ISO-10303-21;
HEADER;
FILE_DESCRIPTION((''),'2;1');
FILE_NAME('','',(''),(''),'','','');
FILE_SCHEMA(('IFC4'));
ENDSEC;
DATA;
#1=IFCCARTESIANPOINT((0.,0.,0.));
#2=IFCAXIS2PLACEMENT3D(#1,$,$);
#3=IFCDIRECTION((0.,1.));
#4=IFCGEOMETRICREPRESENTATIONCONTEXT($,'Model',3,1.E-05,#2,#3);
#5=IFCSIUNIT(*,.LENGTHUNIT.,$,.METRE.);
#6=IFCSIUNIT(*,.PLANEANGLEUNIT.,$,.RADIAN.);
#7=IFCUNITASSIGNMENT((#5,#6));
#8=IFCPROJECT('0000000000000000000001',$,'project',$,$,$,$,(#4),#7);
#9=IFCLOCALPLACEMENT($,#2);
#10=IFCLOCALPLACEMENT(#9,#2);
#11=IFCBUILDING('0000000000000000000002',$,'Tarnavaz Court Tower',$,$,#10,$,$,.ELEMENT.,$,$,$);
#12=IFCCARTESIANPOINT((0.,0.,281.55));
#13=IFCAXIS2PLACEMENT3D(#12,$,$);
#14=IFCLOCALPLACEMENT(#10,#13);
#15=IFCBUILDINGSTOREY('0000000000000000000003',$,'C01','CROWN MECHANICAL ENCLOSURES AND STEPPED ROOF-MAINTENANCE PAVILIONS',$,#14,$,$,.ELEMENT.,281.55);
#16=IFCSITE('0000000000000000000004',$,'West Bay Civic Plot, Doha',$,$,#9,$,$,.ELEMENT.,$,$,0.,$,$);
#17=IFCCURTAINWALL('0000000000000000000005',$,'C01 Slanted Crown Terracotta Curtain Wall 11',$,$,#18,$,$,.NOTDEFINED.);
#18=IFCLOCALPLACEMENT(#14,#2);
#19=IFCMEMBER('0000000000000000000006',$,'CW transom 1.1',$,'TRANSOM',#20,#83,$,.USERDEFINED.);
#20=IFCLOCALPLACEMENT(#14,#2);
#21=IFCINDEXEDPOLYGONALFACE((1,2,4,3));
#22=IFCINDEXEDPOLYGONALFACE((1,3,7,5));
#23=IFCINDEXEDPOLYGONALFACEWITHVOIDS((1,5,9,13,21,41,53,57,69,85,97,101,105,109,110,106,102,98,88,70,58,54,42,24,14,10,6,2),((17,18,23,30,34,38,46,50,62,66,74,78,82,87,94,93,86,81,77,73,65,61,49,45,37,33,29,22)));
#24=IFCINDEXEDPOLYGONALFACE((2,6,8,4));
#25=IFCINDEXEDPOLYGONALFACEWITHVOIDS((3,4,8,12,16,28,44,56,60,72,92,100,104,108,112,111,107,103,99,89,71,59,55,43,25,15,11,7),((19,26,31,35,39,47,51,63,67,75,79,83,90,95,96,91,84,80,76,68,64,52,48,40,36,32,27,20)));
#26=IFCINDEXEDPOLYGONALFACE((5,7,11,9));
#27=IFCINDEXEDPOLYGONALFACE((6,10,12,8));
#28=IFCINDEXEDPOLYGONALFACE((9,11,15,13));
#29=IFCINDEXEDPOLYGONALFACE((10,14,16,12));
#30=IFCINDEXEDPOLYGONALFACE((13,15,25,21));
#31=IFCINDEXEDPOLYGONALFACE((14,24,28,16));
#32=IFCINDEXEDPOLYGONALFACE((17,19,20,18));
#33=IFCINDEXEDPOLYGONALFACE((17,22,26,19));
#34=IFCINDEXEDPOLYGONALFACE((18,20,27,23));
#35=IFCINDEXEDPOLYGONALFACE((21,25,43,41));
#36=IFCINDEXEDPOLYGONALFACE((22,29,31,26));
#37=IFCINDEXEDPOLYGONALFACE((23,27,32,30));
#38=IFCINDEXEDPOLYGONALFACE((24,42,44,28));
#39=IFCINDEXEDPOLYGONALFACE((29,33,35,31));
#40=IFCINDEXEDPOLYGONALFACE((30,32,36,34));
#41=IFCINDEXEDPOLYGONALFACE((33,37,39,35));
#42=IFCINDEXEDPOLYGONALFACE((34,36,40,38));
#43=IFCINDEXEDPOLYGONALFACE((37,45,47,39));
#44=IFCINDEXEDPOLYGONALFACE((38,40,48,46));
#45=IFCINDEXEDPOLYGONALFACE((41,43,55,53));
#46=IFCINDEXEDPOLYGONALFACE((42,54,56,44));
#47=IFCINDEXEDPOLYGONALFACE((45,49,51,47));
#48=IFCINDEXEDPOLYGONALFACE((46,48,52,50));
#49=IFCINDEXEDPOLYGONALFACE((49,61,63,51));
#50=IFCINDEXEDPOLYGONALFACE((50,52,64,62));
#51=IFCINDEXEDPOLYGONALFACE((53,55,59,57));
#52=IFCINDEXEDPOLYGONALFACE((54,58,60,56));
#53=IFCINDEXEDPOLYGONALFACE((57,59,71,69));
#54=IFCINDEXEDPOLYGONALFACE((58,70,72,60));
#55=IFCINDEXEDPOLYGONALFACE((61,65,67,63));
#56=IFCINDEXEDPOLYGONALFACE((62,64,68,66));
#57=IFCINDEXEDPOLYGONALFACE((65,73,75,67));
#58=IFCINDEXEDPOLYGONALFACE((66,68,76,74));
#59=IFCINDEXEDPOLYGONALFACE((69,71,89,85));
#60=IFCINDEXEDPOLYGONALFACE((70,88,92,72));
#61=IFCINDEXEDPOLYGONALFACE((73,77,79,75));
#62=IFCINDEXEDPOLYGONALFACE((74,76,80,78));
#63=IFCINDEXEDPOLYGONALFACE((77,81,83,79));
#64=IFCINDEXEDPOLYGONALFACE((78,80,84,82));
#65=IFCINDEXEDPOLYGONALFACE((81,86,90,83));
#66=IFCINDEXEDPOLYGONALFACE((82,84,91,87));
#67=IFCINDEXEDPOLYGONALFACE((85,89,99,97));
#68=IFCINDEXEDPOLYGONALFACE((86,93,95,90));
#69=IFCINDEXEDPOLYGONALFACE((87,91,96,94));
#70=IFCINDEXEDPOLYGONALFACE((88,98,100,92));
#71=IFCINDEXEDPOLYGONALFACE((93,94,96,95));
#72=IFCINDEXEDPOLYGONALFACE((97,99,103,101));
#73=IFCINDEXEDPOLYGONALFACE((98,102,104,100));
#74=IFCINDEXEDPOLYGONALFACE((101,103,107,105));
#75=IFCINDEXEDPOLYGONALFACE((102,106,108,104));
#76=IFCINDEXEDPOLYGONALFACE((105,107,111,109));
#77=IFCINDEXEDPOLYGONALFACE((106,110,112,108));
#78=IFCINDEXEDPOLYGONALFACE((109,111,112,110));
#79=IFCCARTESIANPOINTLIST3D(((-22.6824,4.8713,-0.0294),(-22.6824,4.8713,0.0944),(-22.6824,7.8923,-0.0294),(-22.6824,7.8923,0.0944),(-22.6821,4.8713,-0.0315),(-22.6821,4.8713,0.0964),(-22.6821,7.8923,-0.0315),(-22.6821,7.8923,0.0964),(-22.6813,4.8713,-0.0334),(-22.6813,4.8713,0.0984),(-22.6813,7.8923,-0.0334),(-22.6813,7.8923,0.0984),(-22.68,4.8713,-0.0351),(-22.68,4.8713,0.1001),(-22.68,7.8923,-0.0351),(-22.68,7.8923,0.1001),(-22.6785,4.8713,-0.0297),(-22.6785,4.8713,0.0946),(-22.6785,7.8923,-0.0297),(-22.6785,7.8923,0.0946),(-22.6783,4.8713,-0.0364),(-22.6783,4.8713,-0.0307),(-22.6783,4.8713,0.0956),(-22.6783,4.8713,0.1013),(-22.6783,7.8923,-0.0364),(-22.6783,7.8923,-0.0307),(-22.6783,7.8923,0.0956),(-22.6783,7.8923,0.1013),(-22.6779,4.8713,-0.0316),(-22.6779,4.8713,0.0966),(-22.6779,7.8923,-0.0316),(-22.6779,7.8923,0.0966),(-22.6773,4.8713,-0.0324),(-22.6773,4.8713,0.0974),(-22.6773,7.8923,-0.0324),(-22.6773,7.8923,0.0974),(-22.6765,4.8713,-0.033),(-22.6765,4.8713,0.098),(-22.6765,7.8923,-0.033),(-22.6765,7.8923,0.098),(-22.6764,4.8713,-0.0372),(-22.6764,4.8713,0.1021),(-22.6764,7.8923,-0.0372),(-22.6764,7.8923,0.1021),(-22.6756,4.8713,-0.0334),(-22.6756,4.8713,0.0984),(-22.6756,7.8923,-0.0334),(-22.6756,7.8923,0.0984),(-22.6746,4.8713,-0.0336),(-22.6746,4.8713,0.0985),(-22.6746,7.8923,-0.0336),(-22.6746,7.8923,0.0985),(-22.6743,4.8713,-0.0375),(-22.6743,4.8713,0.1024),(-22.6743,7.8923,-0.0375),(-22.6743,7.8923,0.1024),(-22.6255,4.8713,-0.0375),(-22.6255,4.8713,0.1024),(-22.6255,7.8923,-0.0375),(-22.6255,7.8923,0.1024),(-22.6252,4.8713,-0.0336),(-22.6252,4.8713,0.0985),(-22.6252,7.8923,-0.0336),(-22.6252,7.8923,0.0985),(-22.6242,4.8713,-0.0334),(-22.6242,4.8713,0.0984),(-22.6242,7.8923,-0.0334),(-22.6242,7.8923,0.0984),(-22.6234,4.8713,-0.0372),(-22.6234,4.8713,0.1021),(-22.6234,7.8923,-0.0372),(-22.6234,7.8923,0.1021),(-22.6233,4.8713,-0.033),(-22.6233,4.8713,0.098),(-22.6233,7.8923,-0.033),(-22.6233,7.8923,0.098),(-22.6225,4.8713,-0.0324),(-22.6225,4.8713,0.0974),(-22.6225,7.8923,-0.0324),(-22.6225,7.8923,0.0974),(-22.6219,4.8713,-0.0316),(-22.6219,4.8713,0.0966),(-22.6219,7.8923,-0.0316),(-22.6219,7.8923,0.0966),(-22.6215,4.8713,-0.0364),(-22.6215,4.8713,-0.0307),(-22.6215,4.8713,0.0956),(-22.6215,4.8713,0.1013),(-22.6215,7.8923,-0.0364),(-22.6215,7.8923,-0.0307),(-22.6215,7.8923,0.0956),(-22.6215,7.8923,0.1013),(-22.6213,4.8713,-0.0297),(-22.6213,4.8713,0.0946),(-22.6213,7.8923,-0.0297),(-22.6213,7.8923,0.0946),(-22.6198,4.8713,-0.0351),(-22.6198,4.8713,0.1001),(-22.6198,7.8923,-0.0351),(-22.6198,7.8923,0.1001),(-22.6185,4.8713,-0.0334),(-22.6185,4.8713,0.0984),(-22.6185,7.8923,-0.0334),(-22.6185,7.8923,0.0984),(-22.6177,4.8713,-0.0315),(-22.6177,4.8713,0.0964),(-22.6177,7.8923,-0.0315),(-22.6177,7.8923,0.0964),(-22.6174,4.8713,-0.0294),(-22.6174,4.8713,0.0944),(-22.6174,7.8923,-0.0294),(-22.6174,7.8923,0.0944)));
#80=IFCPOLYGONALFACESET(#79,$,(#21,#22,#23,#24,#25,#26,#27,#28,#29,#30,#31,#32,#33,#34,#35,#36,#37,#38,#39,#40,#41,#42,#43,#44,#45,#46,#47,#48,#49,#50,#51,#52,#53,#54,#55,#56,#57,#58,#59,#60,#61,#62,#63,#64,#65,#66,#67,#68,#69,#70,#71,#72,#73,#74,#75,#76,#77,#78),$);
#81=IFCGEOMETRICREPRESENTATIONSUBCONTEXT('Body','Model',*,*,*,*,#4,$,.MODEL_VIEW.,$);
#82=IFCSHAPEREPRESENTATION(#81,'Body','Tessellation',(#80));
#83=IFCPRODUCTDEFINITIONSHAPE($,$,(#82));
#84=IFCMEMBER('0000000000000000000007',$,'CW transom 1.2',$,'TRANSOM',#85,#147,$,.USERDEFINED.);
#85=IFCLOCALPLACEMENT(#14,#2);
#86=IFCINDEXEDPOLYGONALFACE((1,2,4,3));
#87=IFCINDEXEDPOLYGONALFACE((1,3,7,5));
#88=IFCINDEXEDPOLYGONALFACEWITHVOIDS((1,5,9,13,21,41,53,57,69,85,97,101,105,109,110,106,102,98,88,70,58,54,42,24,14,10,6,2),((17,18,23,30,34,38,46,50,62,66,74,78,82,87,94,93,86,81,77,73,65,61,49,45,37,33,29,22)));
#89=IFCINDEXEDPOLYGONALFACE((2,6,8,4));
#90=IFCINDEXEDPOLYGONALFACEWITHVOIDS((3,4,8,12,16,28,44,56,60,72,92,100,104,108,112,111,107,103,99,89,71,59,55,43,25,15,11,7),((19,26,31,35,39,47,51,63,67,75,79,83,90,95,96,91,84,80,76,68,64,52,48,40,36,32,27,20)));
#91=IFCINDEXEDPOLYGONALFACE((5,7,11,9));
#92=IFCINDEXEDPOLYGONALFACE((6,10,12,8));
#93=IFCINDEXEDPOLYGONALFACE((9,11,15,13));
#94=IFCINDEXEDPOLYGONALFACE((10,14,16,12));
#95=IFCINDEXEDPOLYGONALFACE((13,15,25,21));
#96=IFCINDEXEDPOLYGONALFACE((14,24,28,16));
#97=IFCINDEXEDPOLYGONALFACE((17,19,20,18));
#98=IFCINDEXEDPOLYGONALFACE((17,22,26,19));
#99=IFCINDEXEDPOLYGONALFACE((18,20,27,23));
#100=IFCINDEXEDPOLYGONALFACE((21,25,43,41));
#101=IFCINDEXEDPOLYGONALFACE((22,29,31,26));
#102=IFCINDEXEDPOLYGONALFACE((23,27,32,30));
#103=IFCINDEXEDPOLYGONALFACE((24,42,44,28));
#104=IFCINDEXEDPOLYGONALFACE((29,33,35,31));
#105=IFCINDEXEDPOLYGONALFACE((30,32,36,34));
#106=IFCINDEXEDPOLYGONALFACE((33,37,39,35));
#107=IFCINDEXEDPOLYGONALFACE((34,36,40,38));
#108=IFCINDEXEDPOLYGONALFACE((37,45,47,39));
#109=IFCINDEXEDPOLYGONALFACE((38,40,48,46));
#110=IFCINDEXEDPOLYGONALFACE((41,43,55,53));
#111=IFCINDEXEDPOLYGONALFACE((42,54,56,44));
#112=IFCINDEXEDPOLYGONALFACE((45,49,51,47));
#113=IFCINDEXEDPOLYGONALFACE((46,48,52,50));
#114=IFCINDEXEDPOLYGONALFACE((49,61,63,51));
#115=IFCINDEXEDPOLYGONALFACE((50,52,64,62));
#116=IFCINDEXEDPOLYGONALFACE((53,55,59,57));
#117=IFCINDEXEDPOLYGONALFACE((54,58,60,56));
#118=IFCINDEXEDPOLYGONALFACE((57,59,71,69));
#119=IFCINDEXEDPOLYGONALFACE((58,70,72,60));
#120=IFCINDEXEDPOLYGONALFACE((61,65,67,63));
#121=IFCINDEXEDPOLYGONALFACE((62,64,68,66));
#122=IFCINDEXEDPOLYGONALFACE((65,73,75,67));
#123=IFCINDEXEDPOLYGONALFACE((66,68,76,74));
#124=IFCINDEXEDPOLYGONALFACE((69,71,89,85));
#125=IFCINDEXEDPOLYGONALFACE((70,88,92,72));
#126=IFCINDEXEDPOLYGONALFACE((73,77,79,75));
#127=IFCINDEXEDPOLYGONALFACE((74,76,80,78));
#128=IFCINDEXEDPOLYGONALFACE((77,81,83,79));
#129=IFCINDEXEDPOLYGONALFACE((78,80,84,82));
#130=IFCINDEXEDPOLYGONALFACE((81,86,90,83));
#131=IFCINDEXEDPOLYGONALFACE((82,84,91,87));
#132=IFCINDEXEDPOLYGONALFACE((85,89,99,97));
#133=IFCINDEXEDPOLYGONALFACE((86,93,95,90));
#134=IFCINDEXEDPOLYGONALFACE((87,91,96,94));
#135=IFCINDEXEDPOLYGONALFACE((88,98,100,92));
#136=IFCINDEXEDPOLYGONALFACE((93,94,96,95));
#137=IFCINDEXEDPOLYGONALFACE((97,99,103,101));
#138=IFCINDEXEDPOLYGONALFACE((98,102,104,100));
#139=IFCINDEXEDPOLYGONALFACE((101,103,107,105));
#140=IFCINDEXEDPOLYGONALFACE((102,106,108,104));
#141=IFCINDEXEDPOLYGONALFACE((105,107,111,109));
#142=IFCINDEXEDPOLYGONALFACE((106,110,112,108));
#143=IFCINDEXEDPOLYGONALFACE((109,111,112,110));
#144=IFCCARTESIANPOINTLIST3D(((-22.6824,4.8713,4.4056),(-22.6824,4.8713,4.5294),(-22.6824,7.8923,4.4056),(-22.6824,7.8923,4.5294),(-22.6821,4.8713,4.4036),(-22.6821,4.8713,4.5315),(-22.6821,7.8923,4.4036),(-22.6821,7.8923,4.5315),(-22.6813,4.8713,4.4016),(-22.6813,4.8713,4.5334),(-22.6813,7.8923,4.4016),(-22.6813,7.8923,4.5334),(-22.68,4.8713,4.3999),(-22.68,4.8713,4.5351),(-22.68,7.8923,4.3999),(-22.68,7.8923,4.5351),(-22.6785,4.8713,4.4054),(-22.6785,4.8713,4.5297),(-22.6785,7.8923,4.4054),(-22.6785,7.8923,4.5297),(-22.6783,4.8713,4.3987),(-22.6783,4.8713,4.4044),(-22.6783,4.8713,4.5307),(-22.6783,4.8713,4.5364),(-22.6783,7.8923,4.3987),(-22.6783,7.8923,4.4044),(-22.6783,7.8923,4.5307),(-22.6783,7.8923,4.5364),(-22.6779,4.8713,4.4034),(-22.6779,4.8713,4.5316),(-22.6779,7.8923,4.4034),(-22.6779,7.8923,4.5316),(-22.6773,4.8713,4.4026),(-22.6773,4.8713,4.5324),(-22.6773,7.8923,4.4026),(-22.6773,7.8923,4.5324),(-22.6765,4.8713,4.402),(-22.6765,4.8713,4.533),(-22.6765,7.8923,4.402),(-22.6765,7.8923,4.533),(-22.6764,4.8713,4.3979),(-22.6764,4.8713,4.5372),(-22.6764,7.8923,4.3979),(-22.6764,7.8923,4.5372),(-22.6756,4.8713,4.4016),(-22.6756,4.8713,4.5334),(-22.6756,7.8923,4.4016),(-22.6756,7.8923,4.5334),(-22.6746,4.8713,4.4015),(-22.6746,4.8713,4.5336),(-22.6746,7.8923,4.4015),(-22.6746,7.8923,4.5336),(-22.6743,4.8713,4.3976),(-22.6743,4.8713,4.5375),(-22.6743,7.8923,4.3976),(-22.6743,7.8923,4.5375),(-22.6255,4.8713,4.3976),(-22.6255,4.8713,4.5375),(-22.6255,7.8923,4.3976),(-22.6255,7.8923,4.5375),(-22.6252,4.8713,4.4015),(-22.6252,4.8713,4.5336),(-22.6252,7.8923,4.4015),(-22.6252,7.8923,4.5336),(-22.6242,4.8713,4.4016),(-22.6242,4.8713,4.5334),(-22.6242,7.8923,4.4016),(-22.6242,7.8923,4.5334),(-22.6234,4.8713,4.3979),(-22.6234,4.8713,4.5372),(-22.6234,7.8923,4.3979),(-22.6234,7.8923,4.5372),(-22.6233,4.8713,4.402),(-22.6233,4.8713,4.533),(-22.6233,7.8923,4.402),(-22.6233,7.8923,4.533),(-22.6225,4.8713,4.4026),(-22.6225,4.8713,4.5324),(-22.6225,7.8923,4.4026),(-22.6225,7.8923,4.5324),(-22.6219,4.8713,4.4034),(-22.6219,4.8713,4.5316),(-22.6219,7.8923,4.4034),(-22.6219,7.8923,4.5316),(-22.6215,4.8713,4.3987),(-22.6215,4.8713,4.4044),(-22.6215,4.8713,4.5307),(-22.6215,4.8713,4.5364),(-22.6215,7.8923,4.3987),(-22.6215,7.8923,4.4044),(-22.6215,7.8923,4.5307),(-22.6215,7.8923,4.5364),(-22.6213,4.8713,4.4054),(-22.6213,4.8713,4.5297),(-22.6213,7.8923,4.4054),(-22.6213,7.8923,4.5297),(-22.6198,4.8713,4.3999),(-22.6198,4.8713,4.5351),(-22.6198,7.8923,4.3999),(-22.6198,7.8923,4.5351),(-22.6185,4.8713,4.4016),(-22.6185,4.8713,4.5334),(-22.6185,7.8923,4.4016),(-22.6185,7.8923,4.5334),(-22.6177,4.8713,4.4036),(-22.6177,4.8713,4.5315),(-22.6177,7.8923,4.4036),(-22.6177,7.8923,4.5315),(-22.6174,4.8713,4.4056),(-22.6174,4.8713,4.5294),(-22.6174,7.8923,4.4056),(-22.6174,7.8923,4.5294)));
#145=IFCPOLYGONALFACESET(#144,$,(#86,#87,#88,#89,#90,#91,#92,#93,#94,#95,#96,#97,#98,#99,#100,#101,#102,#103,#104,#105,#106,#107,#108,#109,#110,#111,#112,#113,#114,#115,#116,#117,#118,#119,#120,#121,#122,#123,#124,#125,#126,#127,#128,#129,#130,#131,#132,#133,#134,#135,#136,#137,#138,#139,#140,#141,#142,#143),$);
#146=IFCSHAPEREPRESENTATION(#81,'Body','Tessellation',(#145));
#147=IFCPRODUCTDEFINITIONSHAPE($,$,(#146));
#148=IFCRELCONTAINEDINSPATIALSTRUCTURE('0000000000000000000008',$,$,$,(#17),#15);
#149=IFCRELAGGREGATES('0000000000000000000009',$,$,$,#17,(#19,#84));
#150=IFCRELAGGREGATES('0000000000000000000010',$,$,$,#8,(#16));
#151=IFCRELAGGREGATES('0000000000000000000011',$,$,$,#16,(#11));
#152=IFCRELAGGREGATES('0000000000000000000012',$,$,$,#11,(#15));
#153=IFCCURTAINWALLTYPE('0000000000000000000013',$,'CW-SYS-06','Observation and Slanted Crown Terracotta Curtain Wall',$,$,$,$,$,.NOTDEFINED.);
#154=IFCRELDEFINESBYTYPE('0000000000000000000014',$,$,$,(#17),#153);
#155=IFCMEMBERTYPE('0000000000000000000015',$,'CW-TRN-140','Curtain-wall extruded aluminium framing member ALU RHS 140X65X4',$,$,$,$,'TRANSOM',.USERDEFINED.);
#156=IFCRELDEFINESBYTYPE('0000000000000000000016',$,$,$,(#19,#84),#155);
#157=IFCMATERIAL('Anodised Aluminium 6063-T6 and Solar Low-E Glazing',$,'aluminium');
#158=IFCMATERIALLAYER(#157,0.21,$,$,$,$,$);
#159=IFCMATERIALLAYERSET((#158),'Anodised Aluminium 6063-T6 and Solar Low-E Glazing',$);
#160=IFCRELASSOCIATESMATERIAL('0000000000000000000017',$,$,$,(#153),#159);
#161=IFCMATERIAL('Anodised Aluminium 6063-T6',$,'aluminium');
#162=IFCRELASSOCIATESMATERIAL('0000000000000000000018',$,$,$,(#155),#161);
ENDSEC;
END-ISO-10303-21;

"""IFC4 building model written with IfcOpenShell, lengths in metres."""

from ifc_helpers import new_model, si_unit, direction, frame, origin, origin_2d, place, context, subcontext, project, spatial, hollow_rectangle, extrude, material, layer, layer_set, material_profile, profile_set, type_object, element, aggregate, save


model = new_model("IFC4")

# Units and contexts
model_context = context("Model", 3, precision=1e-05, world=origin(), true_north=direction((0.0, 1.0)))
body_context = subcontext(model_context, "Body", "Model", "MODEL_VIEW")
ifc_project = project(units=[si_unit("LENGTHUNIT", "METRE"), si_unit("PLANEANGLEUNIT", "RADIAN")], contexts=[model_context])

# Site, building, storey
site_placement = place(None, origin())
site = spatial("IfcSite", under=ifc_project, at=site_placement, Name="West Bay Civic Plot, Doha", CompositionType="ELEMENT", RefElevation=0.0)
building_placement = place(site_placement, origin())
building = spatial("IfcBuilding", under=site, at=building_placement, Name="Tarnavaz Court Tower", CompositionType="ELEMENT")
storey_placement = place(building_placement, frame((0.0, 0.0, 281.55)))
storey = spatial("IfcBuildingStorey", under=building, at=storey_placement, Name="C01", Description="CROWN MECHANICAL ENCLOSURES AND STEPPED ROOF-MAINTENANCE PAVILIONS", CompositionType="ELEMENT", Elevation=281.55)

# Shared definitions
ifc_material_1 = material(Name="Anodised Aluminium 6063-T6 and Solar Low-E Glazing", Category="aluminium")
ifc_layer_1 = layer(ifc_material_1, 0.21)
ifc_layer_set_1 = layer_set([ifc_layer_1], Name="Anodised Aluminium 6063-T6 and Solar Low-E Glazing")
curtain_wall_type = type_object("IfcCurtainWallType", Name="CW-SYS-06", Description="Observation and Slanted Crown Terracotta Curtain Wall", PredefinedType="NOTDEFINED", material=ifc_layer_set_1)
ifc_material_2 = material(Name="Anodised Aluminium 6063-T6", Category="aluminium")

# Curtain wall
curtain_wall_1_placement = place(storey_placement, origin())
curtain_wall_1 = element("IfcCurtainWall", 1, at=curtain_wall_1_placement, inside=storey, type_object=curtain_wall_type, Name="C01 Slanted Crown Terracotta Curtain Wall 11", PredefinedType="NOTDEFINED")

# Members
ifc_material_profile_1 = material_profile(ifc_material_2, hollow_rectangle(XDim=0.0649, YDim=0.1399, WallThickness=0.0039, InnerFilletRadius=0.0039, OuterFilletRadius=0.0081, at=origin_2d()), Name="ALU RHS 140X65X4")
ifc_profile_set_1 = profile_set([ifc_material_profile_1], Name="Anodised Aluminium 6063-T6")
member_type_1 = type_object("IfcMemberType", Name="CW-TRN-140", Description="Curtain-wall extruded aluminium framing member ALU RHS 140X65X4", ElementType="TRANSOM", PredefinedType="USERDEFINED", material=ifc_profile_set_1)
member_1_placement = place(storey_placement, frame((-22.6499, 4.8713, 0.0325), z_axis=(0.0, 1.0, 0.0), x_axis=(-1.0, 0.0, 0.0)))
member_1 = element("IfcMember", 2, at=member_1_placement, type_object=member_type_1, Name="CW transom 1.1", ObjectType="TRANSOM", PredefinedType="USERDEFINED", context=body_context, shape_type="SweptSolid", body=[
    extrude(hollow_rectangle(XDim=0.0649, YDim=0.1399, WallThickness=0.0039, InnerFilletRadius=0.0039, OuterFilletRadius=0.0081, at=origin_2d()), origin(), (0.0, 0.0, 1.0), 3.021),
])
member_2_placement = place(storey_placement, frame((-22.6499, 4.8713, 4.4675), z_axis=(0.0, 1.0, 0.0), x_axis=(-1.0, 0.0, 0.0)))
member_2 = element("IfcMember", 3, at=member_2_placement, type_object=member_type_1, Name="CW transom 1.2", ObjectType="TRANSOM", PredefinedType="USERDEFINED", context=body_context, shape_type="SweptSolid", body=[
    extrude(hollow_rectangle(XDim=0.0649, YDim=0.1399, WallThickness=0.0039, InnerFilletRadius=0.0039, OuterFilletRadius=0.0081, at=origin_2d()), origin(), (0.0, 0.0, 1.0), 3.021),
])

aggregate(curtain_wall_1, [member_1, member_2])

save(model, "model.ifc")
